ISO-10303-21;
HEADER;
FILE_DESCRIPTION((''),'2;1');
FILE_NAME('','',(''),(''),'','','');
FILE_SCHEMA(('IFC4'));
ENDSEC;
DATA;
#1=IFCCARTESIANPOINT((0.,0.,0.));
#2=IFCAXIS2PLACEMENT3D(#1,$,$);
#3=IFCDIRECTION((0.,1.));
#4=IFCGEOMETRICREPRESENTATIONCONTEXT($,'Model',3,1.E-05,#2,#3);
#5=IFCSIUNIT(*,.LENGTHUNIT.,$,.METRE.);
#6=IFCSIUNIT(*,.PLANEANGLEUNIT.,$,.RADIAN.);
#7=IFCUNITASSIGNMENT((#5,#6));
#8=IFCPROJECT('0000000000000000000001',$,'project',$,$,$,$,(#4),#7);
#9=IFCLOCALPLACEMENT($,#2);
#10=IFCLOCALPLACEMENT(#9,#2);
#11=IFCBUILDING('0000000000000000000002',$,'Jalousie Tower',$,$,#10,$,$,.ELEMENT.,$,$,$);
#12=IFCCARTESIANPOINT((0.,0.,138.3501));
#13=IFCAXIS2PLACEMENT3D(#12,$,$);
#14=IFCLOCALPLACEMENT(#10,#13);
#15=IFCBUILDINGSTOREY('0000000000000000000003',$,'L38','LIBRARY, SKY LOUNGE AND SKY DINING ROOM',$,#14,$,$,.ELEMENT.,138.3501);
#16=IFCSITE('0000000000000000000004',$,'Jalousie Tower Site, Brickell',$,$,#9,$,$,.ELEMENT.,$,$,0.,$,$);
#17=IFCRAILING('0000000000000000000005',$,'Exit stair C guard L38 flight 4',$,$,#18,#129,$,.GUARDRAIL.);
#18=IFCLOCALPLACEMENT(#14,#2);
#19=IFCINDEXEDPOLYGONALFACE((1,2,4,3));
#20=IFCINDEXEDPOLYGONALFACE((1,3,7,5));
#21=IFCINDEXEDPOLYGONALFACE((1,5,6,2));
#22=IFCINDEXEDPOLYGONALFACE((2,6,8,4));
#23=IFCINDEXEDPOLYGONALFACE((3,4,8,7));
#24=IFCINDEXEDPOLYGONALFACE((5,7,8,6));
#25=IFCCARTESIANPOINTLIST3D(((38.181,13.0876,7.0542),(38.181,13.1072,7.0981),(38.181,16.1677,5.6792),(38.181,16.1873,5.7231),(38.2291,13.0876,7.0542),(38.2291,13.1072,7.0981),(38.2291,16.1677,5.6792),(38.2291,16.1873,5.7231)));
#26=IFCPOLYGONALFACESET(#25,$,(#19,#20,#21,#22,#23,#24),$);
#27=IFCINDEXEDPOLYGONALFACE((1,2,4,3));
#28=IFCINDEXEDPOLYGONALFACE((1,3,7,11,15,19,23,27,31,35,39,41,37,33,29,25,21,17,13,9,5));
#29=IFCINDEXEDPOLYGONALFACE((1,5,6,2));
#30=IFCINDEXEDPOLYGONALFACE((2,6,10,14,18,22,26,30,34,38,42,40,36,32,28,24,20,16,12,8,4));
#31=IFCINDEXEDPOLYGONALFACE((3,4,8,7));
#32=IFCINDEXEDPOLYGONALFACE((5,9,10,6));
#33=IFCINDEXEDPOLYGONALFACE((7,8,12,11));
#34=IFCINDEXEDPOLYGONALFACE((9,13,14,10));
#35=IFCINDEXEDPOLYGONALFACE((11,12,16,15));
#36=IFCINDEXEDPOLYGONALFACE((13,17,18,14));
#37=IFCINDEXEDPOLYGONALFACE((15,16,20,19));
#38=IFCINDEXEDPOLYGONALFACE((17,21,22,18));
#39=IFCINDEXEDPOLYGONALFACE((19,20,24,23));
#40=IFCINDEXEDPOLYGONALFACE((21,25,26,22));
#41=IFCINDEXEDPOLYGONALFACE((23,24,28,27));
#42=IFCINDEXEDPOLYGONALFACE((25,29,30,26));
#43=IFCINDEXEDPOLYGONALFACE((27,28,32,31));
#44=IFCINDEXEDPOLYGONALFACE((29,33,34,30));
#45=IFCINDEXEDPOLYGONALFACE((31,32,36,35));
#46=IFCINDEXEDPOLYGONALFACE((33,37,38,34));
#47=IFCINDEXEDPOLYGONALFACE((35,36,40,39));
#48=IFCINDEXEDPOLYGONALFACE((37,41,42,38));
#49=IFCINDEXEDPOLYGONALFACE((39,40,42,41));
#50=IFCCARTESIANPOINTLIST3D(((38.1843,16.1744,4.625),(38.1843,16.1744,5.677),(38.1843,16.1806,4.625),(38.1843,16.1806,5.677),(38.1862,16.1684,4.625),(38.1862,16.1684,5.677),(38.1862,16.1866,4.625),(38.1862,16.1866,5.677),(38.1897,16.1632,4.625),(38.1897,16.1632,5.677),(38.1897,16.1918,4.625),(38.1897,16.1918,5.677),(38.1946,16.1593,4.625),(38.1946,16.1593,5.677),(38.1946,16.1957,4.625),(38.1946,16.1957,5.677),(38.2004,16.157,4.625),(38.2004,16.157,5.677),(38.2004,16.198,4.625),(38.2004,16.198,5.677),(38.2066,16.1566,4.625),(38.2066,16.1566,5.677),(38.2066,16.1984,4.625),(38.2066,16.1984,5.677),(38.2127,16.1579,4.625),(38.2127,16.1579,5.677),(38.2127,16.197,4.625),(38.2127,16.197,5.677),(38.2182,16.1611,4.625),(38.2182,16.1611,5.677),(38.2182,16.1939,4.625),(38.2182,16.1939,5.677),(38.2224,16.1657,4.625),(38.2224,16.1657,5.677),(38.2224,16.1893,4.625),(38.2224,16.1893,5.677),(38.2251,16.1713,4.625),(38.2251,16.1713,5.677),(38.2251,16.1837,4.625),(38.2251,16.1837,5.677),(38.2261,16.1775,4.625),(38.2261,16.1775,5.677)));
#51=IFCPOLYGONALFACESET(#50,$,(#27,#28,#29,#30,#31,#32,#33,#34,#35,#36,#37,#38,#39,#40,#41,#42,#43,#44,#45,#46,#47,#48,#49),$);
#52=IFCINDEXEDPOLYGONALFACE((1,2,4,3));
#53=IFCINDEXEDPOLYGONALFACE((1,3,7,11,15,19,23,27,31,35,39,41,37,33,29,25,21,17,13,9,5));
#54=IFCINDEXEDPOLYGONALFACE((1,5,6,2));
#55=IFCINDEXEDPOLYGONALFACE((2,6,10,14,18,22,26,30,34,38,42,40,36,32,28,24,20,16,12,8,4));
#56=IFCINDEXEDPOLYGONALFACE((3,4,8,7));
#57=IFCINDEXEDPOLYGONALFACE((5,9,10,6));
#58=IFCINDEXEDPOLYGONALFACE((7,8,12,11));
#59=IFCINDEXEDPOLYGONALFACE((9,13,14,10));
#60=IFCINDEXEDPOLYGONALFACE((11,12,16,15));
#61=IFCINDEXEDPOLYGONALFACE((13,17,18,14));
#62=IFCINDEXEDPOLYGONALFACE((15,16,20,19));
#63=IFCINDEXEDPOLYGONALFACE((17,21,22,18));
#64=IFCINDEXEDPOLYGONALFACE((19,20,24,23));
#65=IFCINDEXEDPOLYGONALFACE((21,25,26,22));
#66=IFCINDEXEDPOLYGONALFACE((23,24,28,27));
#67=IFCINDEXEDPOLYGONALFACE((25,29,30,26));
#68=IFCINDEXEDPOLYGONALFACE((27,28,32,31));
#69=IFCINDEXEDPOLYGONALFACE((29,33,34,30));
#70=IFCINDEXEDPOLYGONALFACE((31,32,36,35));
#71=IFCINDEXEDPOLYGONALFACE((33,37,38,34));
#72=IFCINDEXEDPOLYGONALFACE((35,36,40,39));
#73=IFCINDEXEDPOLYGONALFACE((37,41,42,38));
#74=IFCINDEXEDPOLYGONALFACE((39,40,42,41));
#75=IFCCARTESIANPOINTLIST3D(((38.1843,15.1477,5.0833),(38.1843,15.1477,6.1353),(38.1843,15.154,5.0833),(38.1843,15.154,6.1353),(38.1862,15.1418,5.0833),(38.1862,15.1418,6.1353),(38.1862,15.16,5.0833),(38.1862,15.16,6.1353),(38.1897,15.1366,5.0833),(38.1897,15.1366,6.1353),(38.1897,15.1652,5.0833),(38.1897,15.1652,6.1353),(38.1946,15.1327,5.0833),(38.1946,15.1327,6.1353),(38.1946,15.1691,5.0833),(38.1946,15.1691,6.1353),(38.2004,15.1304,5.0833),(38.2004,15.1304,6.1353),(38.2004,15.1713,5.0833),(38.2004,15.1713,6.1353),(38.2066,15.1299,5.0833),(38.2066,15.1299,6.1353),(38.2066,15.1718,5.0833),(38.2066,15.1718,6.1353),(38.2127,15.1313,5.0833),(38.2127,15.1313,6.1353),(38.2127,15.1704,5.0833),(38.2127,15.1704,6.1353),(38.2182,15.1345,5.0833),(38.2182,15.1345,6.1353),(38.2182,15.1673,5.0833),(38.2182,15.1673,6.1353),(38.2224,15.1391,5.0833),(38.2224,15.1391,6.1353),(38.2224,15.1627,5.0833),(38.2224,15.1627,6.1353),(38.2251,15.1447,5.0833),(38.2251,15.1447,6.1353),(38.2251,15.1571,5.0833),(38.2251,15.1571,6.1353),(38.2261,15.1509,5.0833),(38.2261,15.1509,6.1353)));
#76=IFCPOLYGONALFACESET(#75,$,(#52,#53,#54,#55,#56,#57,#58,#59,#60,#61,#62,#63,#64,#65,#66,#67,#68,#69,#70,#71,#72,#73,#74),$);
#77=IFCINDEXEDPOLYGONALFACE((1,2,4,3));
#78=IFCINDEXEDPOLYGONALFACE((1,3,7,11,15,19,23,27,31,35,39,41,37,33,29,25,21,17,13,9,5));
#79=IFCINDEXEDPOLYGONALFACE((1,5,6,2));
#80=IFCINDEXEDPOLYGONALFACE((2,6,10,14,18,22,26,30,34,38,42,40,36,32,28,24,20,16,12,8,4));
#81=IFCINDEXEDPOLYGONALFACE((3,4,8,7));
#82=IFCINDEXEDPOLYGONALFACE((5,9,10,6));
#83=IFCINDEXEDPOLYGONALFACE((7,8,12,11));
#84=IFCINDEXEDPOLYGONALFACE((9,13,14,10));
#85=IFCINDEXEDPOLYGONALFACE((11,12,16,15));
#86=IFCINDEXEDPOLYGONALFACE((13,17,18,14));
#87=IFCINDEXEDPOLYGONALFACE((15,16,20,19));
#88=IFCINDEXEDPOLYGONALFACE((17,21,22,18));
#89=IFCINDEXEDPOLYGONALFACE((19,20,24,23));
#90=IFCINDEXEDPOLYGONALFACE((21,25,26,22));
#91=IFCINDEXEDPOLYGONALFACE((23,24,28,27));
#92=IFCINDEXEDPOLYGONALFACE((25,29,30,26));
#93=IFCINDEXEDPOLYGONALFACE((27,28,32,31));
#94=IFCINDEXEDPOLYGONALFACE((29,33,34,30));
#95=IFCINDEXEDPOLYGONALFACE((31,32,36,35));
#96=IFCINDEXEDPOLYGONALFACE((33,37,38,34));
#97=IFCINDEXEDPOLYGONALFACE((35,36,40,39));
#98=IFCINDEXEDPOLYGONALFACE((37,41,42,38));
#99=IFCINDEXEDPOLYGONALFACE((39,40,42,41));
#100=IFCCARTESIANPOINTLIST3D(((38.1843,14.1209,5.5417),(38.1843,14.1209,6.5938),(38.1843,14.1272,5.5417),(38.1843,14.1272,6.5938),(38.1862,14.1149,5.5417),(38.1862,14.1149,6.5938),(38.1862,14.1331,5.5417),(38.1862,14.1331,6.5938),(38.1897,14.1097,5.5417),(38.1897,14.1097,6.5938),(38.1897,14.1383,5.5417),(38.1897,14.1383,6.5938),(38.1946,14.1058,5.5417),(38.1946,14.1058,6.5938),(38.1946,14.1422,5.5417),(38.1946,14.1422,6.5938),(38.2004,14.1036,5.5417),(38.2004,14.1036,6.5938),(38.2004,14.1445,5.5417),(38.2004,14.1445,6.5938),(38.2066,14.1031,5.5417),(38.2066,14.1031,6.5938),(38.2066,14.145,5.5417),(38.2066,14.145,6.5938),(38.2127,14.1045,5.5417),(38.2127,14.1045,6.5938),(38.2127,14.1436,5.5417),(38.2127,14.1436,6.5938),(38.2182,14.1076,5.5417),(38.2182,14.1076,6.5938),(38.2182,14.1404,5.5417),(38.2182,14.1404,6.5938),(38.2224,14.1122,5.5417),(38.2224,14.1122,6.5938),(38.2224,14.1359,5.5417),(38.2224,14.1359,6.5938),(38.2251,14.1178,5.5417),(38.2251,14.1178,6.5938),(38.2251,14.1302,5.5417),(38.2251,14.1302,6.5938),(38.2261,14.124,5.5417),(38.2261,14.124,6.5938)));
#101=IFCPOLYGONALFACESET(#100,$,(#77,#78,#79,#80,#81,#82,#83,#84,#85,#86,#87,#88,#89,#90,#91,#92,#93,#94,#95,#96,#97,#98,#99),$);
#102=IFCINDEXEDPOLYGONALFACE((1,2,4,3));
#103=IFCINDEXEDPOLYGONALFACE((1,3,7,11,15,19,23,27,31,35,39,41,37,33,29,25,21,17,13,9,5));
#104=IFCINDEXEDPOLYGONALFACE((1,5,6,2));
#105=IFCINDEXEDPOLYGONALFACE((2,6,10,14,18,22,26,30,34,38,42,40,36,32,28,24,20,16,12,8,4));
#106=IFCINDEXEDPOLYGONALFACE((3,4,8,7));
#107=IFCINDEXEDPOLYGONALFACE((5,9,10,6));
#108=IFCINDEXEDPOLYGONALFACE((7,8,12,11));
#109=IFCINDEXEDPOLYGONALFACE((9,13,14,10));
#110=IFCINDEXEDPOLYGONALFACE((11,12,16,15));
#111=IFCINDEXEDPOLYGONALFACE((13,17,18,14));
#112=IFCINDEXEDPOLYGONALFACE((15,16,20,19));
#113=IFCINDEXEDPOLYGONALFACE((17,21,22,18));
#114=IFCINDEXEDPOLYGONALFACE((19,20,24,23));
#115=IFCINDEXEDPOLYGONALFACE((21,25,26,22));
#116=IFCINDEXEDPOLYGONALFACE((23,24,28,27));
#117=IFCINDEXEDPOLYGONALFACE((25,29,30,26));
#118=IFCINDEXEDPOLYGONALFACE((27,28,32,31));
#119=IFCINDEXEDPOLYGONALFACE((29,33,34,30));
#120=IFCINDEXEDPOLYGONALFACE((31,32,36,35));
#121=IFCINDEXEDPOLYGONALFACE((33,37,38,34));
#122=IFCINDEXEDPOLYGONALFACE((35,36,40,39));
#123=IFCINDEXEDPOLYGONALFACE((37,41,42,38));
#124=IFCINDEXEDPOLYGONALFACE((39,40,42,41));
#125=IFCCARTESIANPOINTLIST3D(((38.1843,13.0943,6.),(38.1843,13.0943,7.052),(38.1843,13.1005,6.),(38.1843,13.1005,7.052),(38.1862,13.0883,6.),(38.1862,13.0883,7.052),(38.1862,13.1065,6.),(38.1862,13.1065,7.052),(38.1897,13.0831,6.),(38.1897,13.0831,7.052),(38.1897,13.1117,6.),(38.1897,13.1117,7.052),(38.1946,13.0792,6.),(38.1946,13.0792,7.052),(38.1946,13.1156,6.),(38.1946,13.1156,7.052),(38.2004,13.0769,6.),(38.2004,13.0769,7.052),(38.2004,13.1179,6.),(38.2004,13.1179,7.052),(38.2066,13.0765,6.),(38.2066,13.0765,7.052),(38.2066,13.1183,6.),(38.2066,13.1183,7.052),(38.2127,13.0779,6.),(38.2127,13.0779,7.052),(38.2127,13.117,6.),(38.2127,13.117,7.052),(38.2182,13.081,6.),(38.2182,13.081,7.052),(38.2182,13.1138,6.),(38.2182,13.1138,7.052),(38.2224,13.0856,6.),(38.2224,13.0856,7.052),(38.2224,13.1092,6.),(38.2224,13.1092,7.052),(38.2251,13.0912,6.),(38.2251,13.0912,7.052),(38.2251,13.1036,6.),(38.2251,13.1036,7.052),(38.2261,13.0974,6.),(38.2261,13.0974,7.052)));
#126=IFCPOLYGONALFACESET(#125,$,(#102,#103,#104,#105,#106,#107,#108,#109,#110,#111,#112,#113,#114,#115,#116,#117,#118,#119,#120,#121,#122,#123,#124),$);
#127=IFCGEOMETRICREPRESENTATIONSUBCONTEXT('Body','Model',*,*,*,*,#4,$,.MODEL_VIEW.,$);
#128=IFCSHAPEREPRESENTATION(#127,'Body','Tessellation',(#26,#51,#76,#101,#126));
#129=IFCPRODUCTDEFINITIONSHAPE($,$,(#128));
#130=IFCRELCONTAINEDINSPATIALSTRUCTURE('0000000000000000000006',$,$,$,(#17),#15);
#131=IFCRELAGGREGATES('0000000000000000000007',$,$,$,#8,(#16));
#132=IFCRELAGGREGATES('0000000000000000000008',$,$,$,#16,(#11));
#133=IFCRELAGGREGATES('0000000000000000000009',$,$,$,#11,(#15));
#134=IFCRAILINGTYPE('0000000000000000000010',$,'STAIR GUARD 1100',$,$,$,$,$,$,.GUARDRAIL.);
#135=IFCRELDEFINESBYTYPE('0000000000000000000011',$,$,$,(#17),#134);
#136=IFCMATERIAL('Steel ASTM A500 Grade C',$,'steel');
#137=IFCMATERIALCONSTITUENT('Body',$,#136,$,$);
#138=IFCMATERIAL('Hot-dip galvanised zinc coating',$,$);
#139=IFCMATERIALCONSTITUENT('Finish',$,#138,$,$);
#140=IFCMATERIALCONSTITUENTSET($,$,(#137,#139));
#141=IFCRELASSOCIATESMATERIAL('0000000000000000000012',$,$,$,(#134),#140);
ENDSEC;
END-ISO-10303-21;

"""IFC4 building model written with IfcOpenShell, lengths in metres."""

from ifc_helpers import new_model, si_unit, direction, frame, origin, origin_2d, place, context, subcontext, project, spatial, rectangle, circle, extrude, material, constituent, constituent_set, type_object, element, save


model = new_model("IFC4")

# Units and contexts
model_context = context("Model", 3, precision=1e-05, world=origin(), true_north=direction((0.0, 1.0)))
body_context = subcontext(model_context, "Body", "Model", "MODEL_VIEW")
ifc_project = project(units=[si_unit("LENGTHUNIT", "METRE"), si_unit("PLANEANGLEUNIT", "RADIAN")], contexts=[model_context])

# Site, building, storey
site_placement = place(None, origin())
site = spatial("IfcSite", under=ifc_project, at=site_placement, Name="Jalousie Tower Site, Brickell", CompositionType="ELEMENT", RefElevation=0.0)
building_placement = place(site_placement, origin())
building = spatial("IfcBuilding", under=site, at=building_placement, Name="Jalousie Tower", CompositionType="ELEMENT")
storey_placement = place(building_placement, frame((0.0, 0.0, 138.3501)))
storey = spatial("IfcBuildingStorey", under=building, at=storey_placement, Name="L38", Description="LIBRARY, SKY LOUNGE AND SKY DINING ROOM", CompositionType="ELEMENT", Elevation=138.3501)

# Railing
ifc_material_1 = material(Name="Steel ASTM A500 Grade C", Category="steel")
ifc_constituent_1 = constituent(ifc_material_1, Name="Body")
ifc_material_2 = material(Name="Hot-dip galvanised zinc coating")
ifc_constituent_2 = constituent(ifc_material_2, Name="Finish")
ifc_constituent_set_1 = constituent_set(constituents=[ifc_constituent_1, ifc_constituent_2])
railing_type_1 = type_object("IfcRailingType", Name="STAIR GUARD 1100", PredefinedType="GUARDRAIL", material=ifc_constituent_set_1)
railing_1_placement = place(storey_placement, frame((38.2051, 16.1775, 4.625)))
element("IfcRailing", 1, at=railing_1_placement, inside=storey, type_object=railing_type_1, Name="Exit stair C guard L38 flight 4", PredefinedType="GUARDRAIL", context=body_context, shape_type="SweptSolid", body=[
    extrude(rectangle(XDim=0.0481, YDim=0.0481, at=origin_2d()), frame((0.0, 0.0, 1.0762), z_axis=(0.0, -0.913142, 0.407642), x_axis=(1.0, 0.0, 0.0)), (0.0, 0.0, 1.0), 3.373),
    extrude(circle(Radius=0.021, at=origin_2d()), origin(), (0.0, 0.0, 1.0), 1.052),
    extrude(circle(Radius=0.021, at=origin_2d()), frame((0.0, -1.0266, 0.4583)), (0.0, 0.0, 1.0), 1.052),
    extrude(circle(Radius=0.021, at=origin_2d()), frame((0.0, -2.0535, 0.9167)), (0.0, 0.0, 1.0), 1.052),
    extrude(circle(Radius=0.021, at=origin_2d()), frame((0.0, -3.0801, 1.375)), (0.0, 0.0, 1.0), 1.052),
])

save(model, "model.ifc")
